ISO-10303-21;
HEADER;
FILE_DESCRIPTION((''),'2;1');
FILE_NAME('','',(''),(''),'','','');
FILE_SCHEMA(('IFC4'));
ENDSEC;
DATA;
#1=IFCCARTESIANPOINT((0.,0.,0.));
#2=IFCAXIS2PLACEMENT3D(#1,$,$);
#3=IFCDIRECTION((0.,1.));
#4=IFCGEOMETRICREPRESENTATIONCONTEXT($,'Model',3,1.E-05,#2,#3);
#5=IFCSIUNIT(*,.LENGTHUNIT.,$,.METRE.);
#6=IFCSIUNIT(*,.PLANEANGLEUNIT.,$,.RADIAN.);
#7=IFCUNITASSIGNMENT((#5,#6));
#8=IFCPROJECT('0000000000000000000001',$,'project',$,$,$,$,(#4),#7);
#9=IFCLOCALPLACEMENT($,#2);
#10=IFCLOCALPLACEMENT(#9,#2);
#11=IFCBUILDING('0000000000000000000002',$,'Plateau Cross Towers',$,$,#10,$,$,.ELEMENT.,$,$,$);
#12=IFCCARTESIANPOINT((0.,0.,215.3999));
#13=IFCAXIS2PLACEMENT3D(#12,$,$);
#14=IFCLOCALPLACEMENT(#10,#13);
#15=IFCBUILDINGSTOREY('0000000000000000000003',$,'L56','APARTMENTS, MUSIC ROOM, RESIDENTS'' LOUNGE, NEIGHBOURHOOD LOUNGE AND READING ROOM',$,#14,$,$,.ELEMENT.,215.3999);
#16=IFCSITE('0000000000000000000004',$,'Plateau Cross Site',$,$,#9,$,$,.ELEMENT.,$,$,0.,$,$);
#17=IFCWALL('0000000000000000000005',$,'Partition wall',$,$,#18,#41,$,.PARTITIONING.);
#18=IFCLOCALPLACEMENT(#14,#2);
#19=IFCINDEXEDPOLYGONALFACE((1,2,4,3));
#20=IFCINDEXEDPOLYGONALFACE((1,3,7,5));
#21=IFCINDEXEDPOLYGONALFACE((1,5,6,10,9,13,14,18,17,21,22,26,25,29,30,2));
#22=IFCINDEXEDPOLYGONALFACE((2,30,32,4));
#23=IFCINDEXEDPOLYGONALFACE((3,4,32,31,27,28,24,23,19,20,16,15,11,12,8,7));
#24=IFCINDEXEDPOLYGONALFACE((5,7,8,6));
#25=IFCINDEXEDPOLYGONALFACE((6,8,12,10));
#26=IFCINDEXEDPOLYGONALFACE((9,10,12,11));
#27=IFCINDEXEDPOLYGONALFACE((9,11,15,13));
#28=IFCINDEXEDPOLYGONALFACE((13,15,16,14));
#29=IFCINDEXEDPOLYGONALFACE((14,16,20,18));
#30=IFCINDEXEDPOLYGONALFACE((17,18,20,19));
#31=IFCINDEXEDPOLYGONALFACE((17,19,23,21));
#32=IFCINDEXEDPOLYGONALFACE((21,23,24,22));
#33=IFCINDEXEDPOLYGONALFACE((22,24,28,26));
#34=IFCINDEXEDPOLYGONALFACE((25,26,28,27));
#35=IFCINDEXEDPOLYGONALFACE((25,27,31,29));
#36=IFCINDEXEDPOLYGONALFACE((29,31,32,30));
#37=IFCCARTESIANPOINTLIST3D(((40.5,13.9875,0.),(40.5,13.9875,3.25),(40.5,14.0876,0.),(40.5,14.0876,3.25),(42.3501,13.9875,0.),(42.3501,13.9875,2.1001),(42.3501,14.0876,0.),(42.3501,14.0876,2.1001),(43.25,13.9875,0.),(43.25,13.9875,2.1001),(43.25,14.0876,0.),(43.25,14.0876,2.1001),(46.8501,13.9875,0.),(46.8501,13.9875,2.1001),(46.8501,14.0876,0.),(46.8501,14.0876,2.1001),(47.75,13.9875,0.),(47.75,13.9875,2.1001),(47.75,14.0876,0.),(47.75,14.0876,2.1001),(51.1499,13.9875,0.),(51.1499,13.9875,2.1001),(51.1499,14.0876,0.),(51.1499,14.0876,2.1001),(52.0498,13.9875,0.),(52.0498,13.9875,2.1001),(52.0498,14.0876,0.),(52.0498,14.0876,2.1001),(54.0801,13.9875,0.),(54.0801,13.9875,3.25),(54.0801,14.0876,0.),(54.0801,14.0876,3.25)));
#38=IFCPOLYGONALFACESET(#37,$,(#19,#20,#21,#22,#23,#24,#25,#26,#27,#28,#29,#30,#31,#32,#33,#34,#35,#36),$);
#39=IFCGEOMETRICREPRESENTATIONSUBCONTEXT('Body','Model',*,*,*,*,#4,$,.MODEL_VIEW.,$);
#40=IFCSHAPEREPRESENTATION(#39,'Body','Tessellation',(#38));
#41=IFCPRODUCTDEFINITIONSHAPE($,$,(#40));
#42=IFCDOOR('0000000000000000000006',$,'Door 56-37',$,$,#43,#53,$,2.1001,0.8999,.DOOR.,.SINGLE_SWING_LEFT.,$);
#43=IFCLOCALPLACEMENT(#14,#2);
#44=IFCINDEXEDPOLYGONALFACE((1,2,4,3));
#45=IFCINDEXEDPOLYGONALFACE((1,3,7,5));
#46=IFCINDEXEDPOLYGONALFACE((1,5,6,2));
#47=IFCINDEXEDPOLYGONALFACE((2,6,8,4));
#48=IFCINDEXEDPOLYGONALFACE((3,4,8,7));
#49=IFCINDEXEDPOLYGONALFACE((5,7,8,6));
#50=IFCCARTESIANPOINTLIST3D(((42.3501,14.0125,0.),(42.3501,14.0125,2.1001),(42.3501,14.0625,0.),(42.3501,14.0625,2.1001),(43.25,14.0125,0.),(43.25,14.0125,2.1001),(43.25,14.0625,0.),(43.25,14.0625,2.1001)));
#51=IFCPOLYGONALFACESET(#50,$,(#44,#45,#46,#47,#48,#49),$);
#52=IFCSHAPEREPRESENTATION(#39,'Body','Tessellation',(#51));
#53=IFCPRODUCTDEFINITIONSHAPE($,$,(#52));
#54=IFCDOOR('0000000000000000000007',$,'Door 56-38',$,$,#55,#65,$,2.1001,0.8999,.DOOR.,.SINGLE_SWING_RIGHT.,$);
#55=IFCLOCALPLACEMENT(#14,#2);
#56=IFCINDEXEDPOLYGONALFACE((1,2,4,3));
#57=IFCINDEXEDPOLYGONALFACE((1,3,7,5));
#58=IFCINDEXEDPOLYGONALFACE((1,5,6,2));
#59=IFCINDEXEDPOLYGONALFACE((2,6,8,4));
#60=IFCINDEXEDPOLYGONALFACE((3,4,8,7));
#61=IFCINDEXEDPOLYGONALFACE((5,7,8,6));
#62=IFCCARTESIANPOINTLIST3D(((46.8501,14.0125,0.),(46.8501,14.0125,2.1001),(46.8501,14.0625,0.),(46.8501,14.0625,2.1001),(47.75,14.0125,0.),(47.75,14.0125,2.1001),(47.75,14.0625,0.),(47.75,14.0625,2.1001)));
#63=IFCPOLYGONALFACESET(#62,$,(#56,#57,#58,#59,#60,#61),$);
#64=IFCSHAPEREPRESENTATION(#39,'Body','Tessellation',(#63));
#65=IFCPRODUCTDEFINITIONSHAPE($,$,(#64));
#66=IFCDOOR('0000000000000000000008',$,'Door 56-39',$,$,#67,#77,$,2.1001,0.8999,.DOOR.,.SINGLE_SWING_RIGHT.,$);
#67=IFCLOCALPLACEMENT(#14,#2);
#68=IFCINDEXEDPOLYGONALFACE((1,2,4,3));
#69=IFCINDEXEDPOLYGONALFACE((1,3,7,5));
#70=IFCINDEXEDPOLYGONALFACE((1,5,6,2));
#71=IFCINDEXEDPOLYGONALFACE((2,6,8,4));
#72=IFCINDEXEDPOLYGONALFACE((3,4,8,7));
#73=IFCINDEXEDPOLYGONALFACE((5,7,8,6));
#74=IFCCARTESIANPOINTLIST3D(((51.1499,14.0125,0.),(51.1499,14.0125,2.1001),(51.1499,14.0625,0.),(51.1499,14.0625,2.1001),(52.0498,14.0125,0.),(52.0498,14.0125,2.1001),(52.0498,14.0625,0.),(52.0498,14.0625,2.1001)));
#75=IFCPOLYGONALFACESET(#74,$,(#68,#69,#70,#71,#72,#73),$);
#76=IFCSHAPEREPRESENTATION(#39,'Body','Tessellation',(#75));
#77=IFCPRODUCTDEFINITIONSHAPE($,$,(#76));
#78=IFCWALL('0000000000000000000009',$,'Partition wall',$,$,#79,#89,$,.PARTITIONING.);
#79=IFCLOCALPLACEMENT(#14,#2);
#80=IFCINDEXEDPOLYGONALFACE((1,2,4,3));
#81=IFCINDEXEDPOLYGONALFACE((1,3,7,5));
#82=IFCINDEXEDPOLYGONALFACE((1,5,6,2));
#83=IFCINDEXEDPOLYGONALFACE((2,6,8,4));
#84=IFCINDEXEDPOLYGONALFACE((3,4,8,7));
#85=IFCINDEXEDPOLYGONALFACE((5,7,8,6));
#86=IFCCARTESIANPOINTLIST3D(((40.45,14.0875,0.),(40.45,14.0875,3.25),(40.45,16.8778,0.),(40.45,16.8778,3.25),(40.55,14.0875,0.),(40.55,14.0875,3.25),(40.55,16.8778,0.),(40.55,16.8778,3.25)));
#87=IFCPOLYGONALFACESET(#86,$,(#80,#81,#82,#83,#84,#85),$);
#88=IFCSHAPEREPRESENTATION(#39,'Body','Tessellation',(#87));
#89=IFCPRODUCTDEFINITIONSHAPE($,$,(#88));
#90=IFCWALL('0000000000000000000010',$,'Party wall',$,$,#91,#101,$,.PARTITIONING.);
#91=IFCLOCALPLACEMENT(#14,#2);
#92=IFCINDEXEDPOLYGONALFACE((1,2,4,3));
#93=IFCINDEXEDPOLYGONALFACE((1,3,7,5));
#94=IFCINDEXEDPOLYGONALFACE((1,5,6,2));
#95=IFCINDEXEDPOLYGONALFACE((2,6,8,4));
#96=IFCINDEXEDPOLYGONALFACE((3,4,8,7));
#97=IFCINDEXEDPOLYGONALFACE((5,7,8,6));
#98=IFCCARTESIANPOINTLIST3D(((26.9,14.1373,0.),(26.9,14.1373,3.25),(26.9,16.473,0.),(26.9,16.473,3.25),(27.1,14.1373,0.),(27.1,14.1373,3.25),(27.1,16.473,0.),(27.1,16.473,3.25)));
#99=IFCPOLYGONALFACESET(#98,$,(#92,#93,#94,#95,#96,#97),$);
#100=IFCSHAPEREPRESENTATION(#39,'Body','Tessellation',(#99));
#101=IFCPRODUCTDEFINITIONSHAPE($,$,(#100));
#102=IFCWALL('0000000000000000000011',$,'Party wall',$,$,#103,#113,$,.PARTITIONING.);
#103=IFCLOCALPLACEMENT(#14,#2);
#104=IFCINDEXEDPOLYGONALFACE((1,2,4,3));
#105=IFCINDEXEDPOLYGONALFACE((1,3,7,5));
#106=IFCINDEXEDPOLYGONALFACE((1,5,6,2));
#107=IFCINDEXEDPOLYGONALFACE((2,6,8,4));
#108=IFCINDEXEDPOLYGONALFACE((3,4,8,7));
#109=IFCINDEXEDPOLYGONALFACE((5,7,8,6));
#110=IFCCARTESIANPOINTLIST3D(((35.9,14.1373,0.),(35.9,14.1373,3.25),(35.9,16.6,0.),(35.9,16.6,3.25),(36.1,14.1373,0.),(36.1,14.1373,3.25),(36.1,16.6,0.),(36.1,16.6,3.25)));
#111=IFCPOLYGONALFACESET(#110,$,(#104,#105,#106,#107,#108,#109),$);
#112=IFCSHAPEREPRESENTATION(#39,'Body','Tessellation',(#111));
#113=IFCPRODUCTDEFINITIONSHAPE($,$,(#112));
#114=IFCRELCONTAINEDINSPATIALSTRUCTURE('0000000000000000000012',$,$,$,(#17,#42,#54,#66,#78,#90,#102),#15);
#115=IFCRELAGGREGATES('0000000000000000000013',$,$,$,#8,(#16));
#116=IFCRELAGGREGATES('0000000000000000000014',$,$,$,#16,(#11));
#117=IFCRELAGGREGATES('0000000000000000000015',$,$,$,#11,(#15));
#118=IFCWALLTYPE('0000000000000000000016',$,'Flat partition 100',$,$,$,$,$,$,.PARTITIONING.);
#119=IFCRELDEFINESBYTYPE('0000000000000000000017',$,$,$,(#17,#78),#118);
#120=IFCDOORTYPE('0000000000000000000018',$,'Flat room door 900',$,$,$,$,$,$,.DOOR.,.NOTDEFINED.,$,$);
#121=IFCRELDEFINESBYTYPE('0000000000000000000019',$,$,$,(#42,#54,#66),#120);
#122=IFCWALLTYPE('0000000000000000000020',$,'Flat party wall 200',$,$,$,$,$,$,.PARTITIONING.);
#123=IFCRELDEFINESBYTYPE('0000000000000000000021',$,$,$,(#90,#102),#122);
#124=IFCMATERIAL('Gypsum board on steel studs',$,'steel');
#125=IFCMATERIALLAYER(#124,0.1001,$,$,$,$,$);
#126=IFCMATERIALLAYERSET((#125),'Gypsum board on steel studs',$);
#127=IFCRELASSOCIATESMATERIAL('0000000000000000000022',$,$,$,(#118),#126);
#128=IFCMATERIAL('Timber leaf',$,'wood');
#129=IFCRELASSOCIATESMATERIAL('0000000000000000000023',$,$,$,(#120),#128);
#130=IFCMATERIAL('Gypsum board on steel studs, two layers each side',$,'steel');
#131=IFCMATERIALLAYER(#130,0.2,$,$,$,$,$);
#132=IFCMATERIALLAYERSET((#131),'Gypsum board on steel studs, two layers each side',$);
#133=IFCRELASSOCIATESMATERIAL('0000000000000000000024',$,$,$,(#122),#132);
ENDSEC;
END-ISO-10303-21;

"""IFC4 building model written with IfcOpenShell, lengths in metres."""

from ifc_helpers import new_model, si_unit, direction, frame, frame_2d, origin, place, context, subcontext, project, spatial, rectangle, extrude, material, layer, layer_set, type_object, element, fill, save


model = new_model("IFC4")

# Units and contexts
model_context = context("Model", 3, precision=1e-05, world=origin(), true_north=direction((0.0, 1.0)))
body_context = subcontext(model_context, "Body", "Model", "MODEL_VIEW")
ifc_project = project(units=[si_unit("LENGTHUNIT", "METRE"), si_unit("PLANEANGLEUNIT", "RADIAN")], contexts=[model_context])

# Site, building, storey
site_placement = place(None, origin())
site = spatial("IfcSite", under=ifc_project, at=site_placement, Name="Plateau Cross Site", CompositionType="ELEMENT", RefElevation=0.0)
building_placement = place(site_placement, origin())
building = spatial("IfcBuilding", under=site, at=building_placement, Name="Plateau Cross Towers", CompositionType="ELEMENT")
storey_placement = place(building_placement, frame((0.0, 0.0, 215.3999)))
storey = spatial("IfcBuildingStorey", under=building, at=storey_placement, Name="L56", Description="APARTMENTS, MUSIC ROOM, RESIDENTS' LOUNGE, NEIGHBOURHOOD LOUNGE AND READING ROOM", CompositionType="ELEMENT", Elevation=215.3999)

# Shared definitions
ifc_material_1 = material(Name="Gypsum board on steel studs", Category="steel")
ifc_layer_1 = layer(ifc_material_1, 0.1001)
ifc_layer_set_1 = layer_set([ifc_layer_1], Name="Gypsum board on steel studs")
wall_type_1 = type_object("IfcWallType", Name="Flat partition 100", PredefinedType="PARTITIONING", material=ifc_layer_set_1)

# Shared definitions
ifc_material_2 = material(Name="Timber leaf", Category="wood")
door_type_1 = type_object("IfcDoorType", Name="Flat room door 900", OperationType="NOTDEFINED", PredefinedType="DOOR", material=ifc_material_2)

# Wall, openings, doors
wall_1_placement = place(storey_placement, frame((40.5, 14.0376, 0.0), z_axis=(0.0, 0.0, 1.0), x_axis=(1.0, 0.0, 0.0)))
wall_1 = element("IfcWall", 1, at=wall_1_placement, inside=storey, type_object=wall_type_1, Name="Partition wall", PredefinedType="PARTITIONING", context=body_context, shape_type="SweptSolid", body=[
    extrude(rectangle(XDim=13.5801, YDim=0.1001, at=frame_2d((6.79, 0.0))), origin(), (0.0, 0.0, 1.0), 3.25),
])
opening_1_placement = place(wall_1_placement, frame((1.8501, 0.0, 0.0)))
opening_1 = element("IfcOpeningElement", 2, at=opening_1_placement, cuts=wall_1, PredefinedType="OPENING", context=body_context, shape_type="SweptSolid", body=[
    extrude(rectangle(XDim=0.8999, YDim=2.1001, at=frame_2d((0.45, 1.05))), frame((0.0, 0.0601, 0.0), z_axis=(0.0, -1.0, 0.0), x_axis=(1.0, 0.0, 0.0)), (0.0, 0.0, 1.0), 0.1201),
])
opening_2_placement = place(wall_1_placement, frame((6.3501, 0.0, 0.0)))
opening_2 = element("IfcOpeningElement", 3, at=opening_2_placement, cuts=wall_1, PredefinedType="OPENING", context=body_context, shape_type="SweptSolid", body=[
    extrude(rectangle(XDim=0.8999, YDim=2.1001, at=frame_2d((0.45, 1.05))), frame((0.0, 0.0601, 0.0), z_axis=(0.0, -1.0, 0.0), x_axis=(1.0, 0.0, 0.0)), (0.0, 0.0, 1.0), 0.1201),
])
opening_3_placement = place(wall_1_placement, frame((10.6499, 0.0, 0.0)))
opening_3 = element("IfcOpeningElement", 4, at=opening_3_placement, cuts=wall_1, PredefinedType="OPENING", context=body_context, shape_type="SweptSolid", body=[
    extrude(rectangle(XDim=0.8999, YDim=2.1001, at=frame_2d((0.45, 1.05))), frame((0.0, 0.0601, 0.0), z_axis=(0.0, -1.0, 0.0), x_axis=(1.0, 0.0, 0.0)), (0.0, 0.0, 1.0), 0.1201),
])
door_1_placement = place(opening_1_placement, origin())
door_1 = element("IfcDoor", 5, at=door_1_placement, inside=storey, type_object=door_type_1, Name="Door 56-37", OperationType="SINGLE_SWING_LEFT", OverallHeight=2.1001, OverallWidth=0.8999, PredefinedType="DOOR", context=body_context, shape_type="SweptSolid", body=[
    extrude(rectangle(XDim=0.8999, YDim=2.1001, at=frame_2d((0.45, 1.05))), frame((0.0, 0.0249, 0.0), z_axis=(0.0, -1.0, 0.0), x_axis=(1.0, 0.0, 0.0)), (0.0, 0.0, 1.0), 0.05),
])
fill(opening_1, door_1)
door_2_placement = place(opening_2_placement, origin())
door_2 = element("IfcDoor", 6, at=door_2_placement, inside=storey, type_object=door_type_1, Name="Door 56-38", OperationType="SINGLE_SWING_RIGHT", OverallHeight=2.1001, OverallWidth=0.8999, PredefinedType="DOOR", context=body_context, shape_type="SweptSolid", body=[
    extrude(rectangle(XDim=0.8999, YDim=2.1001, at=frame_2d((0.45, 1.05))), frame((0.0, 0.0249, 0.0), z_axis=(0.0, -1.0, 0.0), x_axis=(1.0, 0.0, 0.0)), (0.0, 0.0, 1.0), 0.05),
])
fill(opening_2, door_2)
door_3_placement = place(opening_3_placement, origin())
door_3 = element("IfcDoor", 7, at=door_3_placement, inside=storey, type_object=door_type_1, Name="Door 56-39", OperationType="SINGLE_SWING_RIGHT", OverallHeight=2.1001, OverallWidth=0.8999, PredefinedType="DOOR", context=body_context, shape_type="SweptSolid", body=[
    extrude(rectangle(XDim=0.8999, YDim=2.1001, at=frame_2d((0.45, 1.05))), frame((0.0, 0.0249, 0.0), z_axis=(0.0, -1.0, 0.0), x_axis=(1.0, 0.0, 0.0)), (0.0, 0.0, 1.0), 0.05),
])
fill(opening_3, door_3)

# Walls
wall_2_placement = place(storey_placement, frame((40.5, 16.8777, 0.0), z_axis=(0.0, 0.0, 1.0), x_axis=(0.0, -1.0, 0.0)))
element("IfcWall", 8, at=wall_2_placement, inside=storey, type_object=wall_type_1, Name="Partition wall", PredefinedType="PARTITIONING", context=body_context, shape_type="SweptSolid", body=[
    extrude(rectangle(XDim=2.7903, YDim=0.1001, at=frame_2d((1.395, 0.0))), origin(), (0.0, 0.0, 1.0), 3.25),
])
ifc_material_3 = material(Name="Gypsum board on steel studs, two layers each side", Category="steel")
ifc_layer_2 = layer(ifc_material_3, 0.2)
ifc_layer_set_2 = layer_set([ifc_layer_2], Name="Gypsum board on steel studs, two layers each side")
wall_type_2 = type_object("IfcWallType", Name="Flat party wall 200", PredefinedType="PARTITIONING", material=ifc_layer_set_2)
wall_3_placement = place(storey_placement, frame((27.0, 16.4731, 0.0), z_axis=(0.0, 0.0, 1.0), x_axis=(0.0, -1.0, 0.0)))
element("IfcWall", 9, at=wall_3_placement, inside=storey, type_object=wall_type_2, Name="Party wall", PredefinedType="PARTITIONING", context=body_context, shape_type="SweptSolid", body=[
    extrude(rectangle(XDim=2.3357, YDim=0.2, at=frame_2d((1.168, 0.0))), origin(), (0.0, 0.0, 1.0), 3.25),
])
wall_4_placement = place(storey_placement, frame((36.0, 16.6001, 0.0), z_axis=(0.0, 0.0, 1.0), x_axis=(0.0, -1.0, 0.0)))
element("IfcWall", 10, at=wall_4_placement, inside=storey, type_object=wall_type_2, Name="Party wall", PredefinedType="PARTITIONING", context=body_context, shape_type="SweptSolid", body=[
    extrude(rectangle(XDim=2.4626, YDim=0.2, at=frame_2d((1.2314, 0.0))), origin(), (0.0, 0.0, 1.0), 3.25),
])

save(model, "model.ifc")
